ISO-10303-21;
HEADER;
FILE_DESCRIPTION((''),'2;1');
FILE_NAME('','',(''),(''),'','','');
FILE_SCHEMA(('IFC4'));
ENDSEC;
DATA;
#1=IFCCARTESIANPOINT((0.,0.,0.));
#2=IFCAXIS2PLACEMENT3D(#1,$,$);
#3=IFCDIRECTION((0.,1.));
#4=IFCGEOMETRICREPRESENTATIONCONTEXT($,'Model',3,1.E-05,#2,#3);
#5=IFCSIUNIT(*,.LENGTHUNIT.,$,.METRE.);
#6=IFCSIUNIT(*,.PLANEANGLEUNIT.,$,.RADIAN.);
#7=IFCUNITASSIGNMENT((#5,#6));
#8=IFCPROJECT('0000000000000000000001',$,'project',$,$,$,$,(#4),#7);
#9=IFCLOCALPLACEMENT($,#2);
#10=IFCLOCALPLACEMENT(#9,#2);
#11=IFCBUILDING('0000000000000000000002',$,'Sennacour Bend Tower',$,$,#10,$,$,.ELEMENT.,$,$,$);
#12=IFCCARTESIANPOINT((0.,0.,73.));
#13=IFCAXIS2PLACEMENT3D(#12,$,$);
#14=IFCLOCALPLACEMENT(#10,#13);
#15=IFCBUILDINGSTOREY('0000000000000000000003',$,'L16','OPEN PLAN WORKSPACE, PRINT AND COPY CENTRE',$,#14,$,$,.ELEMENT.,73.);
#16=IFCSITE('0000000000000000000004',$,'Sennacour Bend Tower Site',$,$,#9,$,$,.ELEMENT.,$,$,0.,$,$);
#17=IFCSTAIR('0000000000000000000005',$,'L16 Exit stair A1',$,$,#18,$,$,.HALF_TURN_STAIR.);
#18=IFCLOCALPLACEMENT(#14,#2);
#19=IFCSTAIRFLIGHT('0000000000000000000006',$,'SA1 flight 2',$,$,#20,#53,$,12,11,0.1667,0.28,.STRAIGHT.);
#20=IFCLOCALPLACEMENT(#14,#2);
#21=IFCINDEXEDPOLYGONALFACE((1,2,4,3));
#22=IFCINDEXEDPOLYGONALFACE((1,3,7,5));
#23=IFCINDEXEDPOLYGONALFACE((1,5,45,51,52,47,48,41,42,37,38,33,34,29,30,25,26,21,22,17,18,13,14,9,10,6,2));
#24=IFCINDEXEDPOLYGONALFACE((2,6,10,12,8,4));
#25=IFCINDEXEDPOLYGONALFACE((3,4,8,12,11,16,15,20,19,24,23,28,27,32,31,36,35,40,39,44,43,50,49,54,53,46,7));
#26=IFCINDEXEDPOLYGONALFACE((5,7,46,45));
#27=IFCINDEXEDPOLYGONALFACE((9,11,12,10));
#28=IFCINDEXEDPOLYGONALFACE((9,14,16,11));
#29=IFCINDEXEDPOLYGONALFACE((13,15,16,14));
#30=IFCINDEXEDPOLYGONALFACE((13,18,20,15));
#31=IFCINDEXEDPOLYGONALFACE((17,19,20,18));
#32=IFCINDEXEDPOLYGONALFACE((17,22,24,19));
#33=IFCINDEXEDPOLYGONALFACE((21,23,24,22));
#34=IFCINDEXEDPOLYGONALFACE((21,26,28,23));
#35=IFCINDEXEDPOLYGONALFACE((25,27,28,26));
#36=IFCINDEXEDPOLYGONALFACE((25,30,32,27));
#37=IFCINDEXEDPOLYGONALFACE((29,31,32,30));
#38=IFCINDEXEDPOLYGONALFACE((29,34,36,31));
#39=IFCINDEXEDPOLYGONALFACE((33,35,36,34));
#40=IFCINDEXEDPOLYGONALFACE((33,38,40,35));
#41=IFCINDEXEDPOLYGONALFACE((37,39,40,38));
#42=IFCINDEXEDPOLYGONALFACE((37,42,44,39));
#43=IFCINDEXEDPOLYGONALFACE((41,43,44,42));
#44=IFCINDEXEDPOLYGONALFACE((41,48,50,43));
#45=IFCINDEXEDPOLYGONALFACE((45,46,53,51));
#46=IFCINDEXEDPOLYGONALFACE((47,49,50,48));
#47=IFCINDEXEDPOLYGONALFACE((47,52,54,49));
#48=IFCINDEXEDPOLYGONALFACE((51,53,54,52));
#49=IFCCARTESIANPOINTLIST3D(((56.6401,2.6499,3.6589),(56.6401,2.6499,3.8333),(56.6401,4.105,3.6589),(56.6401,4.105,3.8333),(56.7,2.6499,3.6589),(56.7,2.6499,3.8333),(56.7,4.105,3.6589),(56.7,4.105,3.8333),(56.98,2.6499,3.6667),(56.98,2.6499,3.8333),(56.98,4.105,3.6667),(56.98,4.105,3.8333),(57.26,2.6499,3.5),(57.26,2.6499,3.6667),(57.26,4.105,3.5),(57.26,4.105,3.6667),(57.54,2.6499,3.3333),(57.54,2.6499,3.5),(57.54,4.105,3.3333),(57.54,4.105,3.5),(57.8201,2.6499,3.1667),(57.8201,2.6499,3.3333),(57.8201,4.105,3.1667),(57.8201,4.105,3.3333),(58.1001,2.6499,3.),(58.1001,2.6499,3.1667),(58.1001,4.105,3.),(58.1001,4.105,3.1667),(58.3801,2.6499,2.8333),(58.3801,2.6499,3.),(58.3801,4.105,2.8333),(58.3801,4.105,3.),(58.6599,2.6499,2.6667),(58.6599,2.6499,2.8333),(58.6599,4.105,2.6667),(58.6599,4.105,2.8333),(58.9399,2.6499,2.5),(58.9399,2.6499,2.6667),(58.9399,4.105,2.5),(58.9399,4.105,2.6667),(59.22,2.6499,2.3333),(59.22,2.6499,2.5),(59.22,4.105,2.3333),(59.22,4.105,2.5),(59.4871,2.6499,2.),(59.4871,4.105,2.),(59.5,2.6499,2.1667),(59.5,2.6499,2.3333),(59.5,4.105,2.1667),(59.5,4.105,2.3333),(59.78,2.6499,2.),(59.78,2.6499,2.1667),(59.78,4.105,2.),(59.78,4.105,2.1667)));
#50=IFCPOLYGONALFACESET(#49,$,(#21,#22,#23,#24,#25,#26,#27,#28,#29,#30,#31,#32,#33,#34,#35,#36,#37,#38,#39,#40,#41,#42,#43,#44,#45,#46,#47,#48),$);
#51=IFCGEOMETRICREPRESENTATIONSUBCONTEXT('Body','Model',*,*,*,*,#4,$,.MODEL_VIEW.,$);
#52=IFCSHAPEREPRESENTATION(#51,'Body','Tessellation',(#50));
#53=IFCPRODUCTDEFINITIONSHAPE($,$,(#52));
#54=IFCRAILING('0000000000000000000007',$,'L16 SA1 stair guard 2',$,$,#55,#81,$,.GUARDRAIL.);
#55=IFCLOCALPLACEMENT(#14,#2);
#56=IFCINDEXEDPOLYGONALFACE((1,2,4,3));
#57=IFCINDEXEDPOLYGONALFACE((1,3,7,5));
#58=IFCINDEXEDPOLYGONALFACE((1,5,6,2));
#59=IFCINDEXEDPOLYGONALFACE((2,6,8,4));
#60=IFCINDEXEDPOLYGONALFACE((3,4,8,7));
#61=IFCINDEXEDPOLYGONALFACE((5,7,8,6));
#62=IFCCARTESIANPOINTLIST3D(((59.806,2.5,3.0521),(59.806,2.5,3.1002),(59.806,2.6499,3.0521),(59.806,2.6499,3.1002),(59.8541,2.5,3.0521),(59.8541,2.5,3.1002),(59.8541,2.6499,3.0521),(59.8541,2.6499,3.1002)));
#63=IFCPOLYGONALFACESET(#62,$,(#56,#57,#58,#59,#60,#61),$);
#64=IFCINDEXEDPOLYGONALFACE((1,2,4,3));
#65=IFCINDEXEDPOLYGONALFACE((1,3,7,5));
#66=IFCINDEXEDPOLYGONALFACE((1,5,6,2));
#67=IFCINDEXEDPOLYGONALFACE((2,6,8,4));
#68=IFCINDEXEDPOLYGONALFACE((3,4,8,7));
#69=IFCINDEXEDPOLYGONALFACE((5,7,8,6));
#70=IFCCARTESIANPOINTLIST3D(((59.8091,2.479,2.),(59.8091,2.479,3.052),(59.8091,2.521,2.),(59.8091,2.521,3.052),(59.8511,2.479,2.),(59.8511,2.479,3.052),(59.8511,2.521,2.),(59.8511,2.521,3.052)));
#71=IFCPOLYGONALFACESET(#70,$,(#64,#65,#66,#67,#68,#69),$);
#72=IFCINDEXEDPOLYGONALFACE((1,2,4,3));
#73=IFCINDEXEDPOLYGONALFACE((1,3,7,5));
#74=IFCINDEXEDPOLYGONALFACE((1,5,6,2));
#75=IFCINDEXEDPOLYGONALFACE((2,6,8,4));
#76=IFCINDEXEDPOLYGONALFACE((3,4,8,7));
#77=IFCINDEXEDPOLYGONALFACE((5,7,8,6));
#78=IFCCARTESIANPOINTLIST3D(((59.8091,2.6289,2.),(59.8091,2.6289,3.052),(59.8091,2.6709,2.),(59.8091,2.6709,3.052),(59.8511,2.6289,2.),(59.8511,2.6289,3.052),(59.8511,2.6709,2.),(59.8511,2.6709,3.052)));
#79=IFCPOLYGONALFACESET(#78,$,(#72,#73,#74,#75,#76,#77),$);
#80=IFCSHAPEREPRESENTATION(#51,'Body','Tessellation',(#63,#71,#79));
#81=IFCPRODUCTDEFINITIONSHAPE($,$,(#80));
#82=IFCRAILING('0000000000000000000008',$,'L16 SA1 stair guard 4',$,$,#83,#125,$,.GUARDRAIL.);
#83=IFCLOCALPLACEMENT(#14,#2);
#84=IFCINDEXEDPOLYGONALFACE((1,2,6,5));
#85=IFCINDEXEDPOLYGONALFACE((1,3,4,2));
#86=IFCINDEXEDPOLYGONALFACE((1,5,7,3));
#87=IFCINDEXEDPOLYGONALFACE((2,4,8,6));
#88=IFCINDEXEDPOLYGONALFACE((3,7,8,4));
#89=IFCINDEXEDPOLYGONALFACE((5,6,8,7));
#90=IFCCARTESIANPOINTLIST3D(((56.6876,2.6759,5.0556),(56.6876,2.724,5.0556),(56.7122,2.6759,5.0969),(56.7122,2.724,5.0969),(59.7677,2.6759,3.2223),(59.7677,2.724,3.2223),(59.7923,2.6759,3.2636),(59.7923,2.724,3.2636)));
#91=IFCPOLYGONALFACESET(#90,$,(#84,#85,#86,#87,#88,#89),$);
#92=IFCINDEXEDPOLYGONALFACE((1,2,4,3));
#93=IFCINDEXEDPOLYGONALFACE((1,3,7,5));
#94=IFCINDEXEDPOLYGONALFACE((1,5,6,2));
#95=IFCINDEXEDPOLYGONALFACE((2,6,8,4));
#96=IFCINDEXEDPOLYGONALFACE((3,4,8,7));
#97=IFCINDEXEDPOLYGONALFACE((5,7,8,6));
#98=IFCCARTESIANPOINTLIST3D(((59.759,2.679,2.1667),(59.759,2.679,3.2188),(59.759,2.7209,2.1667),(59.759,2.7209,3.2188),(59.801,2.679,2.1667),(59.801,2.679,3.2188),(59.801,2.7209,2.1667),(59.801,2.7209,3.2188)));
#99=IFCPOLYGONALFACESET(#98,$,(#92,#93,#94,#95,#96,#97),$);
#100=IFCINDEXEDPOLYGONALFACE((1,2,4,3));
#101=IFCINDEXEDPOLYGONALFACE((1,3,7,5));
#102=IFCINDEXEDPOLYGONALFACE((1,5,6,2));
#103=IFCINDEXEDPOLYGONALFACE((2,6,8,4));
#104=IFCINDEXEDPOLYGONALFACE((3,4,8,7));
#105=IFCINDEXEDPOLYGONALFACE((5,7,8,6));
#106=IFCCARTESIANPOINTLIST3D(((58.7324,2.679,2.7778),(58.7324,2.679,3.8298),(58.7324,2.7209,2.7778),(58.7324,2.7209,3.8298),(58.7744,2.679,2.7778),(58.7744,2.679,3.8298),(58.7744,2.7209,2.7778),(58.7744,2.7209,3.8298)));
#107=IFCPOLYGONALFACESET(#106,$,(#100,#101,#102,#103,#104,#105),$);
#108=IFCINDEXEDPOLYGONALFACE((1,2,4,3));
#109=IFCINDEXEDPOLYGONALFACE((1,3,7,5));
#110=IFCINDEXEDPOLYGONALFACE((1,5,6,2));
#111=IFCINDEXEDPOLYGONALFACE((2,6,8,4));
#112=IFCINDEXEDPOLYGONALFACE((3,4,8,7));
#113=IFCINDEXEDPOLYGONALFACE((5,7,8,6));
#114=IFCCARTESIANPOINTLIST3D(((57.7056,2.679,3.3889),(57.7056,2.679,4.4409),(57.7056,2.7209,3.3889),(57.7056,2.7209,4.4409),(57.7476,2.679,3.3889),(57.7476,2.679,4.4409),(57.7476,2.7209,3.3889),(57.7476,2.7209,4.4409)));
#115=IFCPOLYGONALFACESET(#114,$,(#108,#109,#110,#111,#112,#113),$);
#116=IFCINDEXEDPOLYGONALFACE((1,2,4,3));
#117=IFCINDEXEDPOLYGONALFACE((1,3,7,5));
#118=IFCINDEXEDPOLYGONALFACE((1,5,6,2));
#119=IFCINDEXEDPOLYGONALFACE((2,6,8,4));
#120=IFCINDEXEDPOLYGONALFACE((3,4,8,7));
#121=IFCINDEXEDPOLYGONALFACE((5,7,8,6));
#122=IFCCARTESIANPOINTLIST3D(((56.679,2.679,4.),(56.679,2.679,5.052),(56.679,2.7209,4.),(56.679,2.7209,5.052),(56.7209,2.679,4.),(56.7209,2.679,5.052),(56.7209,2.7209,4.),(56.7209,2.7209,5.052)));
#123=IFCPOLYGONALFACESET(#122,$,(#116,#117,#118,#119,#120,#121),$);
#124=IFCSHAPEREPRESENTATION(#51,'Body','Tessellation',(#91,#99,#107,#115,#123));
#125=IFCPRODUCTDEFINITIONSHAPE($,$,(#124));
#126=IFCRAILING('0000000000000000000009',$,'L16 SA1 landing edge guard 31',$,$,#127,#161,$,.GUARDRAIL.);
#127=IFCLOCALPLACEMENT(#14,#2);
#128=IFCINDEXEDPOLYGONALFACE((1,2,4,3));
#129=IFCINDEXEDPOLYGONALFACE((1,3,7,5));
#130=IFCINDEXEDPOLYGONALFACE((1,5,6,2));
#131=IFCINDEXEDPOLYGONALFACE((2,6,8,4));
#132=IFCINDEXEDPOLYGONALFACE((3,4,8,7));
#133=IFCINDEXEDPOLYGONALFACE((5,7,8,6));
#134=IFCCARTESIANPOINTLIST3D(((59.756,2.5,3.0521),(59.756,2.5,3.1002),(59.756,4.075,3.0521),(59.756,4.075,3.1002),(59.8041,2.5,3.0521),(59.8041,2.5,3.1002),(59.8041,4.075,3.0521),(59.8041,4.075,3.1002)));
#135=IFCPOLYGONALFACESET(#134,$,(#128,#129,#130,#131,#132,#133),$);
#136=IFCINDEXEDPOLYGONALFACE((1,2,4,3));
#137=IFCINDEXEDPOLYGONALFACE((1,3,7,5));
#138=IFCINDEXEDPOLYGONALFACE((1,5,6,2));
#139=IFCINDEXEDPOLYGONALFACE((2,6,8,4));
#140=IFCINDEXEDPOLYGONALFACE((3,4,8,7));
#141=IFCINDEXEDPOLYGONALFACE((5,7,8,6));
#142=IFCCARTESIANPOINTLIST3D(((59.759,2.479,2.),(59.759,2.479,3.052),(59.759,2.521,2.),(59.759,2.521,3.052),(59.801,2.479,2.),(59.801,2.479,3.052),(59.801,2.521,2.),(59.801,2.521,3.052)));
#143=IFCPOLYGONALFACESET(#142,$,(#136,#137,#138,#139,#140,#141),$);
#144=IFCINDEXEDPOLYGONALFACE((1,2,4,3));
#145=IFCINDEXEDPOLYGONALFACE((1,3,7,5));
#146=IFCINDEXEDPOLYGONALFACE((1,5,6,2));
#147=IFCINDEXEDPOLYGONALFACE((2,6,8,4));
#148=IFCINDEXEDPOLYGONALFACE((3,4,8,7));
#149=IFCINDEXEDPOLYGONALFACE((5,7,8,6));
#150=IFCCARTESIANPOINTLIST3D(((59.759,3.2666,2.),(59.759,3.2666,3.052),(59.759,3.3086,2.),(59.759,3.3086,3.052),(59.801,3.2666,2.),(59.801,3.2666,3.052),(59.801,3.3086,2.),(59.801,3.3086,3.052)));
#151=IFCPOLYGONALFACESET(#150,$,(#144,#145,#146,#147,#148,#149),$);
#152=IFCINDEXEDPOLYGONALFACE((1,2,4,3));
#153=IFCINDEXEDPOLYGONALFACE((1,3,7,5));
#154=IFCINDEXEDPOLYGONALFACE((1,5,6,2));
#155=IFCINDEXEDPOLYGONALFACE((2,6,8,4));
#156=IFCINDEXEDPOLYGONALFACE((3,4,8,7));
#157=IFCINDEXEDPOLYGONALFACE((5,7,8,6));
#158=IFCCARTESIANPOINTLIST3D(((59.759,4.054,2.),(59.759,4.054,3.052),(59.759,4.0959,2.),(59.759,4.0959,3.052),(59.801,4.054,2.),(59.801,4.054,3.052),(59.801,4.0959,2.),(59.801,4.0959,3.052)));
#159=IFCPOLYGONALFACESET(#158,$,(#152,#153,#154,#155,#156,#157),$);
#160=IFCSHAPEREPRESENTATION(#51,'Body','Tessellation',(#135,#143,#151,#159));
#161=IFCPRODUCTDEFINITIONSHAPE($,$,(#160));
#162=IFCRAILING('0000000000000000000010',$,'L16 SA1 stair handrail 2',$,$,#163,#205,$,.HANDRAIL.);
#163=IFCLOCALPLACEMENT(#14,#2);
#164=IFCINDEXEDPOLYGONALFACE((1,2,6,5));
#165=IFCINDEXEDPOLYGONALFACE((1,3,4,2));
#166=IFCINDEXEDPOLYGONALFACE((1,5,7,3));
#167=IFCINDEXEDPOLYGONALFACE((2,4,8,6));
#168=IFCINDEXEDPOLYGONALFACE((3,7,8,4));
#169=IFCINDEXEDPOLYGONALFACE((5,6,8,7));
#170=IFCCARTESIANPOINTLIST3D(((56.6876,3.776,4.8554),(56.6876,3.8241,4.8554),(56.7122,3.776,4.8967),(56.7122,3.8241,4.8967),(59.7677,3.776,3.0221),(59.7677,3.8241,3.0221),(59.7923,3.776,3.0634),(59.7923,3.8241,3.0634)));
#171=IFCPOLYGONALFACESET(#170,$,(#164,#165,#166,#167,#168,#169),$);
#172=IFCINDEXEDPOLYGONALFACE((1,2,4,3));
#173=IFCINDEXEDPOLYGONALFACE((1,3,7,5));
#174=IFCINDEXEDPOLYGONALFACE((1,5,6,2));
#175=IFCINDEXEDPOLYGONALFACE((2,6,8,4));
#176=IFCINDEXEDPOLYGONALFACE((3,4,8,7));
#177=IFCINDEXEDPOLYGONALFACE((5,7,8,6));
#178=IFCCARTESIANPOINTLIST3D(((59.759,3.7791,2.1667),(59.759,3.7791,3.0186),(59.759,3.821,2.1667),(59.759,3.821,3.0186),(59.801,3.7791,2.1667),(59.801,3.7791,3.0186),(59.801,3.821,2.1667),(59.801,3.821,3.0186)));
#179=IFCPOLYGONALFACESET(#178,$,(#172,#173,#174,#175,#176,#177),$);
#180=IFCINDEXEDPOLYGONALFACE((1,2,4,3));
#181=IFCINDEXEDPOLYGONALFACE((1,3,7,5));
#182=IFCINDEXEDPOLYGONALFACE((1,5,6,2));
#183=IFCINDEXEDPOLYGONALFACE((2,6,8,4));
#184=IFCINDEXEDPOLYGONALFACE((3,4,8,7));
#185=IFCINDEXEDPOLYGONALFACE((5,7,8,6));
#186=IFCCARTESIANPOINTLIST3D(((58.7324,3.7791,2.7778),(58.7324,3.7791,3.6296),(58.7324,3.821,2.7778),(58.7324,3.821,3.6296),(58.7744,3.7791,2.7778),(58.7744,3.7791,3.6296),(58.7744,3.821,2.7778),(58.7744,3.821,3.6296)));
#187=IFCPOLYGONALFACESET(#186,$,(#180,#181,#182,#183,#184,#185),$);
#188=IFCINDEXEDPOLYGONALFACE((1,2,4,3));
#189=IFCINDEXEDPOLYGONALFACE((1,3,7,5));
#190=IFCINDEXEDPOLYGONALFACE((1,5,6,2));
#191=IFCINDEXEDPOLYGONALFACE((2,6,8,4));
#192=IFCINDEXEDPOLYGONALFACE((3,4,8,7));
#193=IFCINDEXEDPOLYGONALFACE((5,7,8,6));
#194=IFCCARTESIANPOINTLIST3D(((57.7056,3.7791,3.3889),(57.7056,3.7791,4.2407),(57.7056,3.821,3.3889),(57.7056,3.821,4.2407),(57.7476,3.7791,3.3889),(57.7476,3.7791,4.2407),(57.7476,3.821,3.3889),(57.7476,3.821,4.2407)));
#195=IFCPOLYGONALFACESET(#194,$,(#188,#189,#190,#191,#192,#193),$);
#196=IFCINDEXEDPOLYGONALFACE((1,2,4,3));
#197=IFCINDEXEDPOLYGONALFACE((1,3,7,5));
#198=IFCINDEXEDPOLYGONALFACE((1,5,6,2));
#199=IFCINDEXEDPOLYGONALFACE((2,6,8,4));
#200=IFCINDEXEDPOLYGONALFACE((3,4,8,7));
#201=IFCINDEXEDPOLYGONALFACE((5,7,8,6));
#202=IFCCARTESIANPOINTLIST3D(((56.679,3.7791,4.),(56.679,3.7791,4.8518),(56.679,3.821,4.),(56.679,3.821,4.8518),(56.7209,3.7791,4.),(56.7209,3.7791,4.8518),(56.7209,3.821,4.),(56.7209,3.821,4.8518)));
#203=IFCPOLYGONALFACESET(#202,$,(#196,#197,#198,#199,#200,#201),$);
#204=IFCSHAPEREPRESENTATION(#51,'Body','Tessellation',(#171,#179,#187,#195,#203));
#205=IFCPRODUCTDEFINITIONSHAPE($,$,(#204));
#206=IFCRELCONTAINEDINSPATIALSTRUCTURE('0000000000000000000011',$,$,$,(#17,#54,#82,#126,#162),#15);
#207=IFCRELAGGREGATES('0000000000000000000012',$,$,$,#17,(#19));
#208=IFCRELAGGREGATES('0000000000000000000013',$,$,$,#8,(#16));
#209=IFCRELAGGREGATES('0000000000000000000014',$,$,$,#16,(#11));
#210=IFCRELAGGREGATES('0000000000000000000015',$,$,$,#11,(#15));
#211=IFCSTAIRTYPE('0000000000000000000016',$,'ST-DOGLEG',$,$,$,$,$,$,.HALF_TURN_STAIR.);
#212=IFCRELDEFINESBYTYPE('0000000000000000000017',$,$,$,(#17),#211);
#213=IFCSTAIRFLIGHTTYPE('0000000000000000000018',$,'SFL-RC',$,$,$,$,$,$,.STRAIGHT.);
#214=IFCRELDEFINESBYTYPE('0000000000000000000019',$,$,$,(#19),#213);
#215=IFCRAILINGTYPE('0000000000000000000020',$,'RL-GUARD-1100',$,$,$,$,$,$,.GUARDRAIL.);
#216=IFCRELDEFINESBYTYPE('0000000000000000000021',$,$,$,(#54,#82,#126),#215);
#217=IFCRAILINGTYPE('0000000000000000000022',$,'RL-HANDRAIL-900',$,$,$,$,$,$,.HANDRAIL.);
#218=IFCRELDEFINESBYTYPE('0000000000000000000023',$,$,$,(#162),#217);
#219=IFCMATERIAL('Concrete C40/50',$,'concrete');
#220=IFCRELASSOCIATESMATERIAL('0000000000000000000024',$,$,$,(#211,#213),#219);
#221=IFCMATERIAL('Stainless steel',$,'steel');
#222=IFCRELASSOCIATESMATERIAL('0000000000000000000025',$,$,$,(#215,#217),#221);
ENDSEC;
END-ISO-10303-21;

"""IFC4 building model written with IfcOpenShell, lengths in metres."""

from ifc_helpers import new_model, si_unit, direction, frame, origin, origin_2d, place, context, subcontext, project, spatial, polyline, rectangle, outline, extrude, material, type_object, element, aggregate, save


model = new_model("IFC4")

# Units and contexts
model_context = context("Model", 3, precision=1e-05, world=origin(), true_north=direction((0.0, 1.0)))
body_context = subcontext(model_context, "Body", "Model", "MODEL_VIEW")
ifc_project = project(units=[si_unit("LENGTHUNIT", "METRE"), si_unit("PLANEANGLEUNIT", "RADIAN")], contexts=[model_context])

# Site, building, storey
site_placement = place(None, origin())
site = spatial("IfcSite", under=ifc_project, at=site_placement, Name="Sennacour Bend Tower Site", CompositionType="ELEMENT", RefElevation=0.0)
building_placement = place(site_placement, origin())
building = spatial("IfcBuilding", under=site, at=building_placement, Name="Sennacour Bend Tower", CompositionType="ELEMENT")
storey_placement = place(building_placement, frame((0.0, 0.0, 73.0)))
storey = spatial("IfcBuildingStorey", under=building, at=storey_placement, Name="L16", Description="OPEN PLAN WORKSPACE, PRINT AND COPY CENTRE", CompositionType="ELEMENT", Elevation=73.0)

# Shared definitions
ifc_material_1 = material(Name="Stainless steel", Category="steel")

# Stair, stair flight
ifc_material_2 = material(Name="Concrete C40/50", Category="concrete")
stair_type = type_object("IfcStairType", Name="ST-DOGLEG", PredefinedType="HALF_TURN_STAIR", material=ifc_material_2)
stair_placement = place(storey_placement, origin())
stair = element("IfcStair", 1, at=stair_placement, inside=storey, type_object=stair_type, Name="L16 Exit stair A1", PredefinedType="HALF_TURN_STAIR")
stair_flight_type = type_object("IfcStairFlightType", Name="SFL-RC", PredefinedType="STRAIGHT", material=ifc_material_2)
stair_flight_placement = place(storey_placement, frame((59.78, 3.3774, 2.0), z_axis=(0.0, 0.0, 1.0), x_axis=(-1.0, 0.0, 0.0)))
stair_flight = element("IfcStairFlight", 2, at=stair_flight_placement, type_object=stair_flight_type, Name="SA1 flight 2", NumberOfRisers=12, NumberOfTreads=11, PredefinedType="STRAIGHT", RiserHeight=0.1667, TreadLength=0.28, context=body_context, shape_type="SweptSolid", body=[
    extrude(outline(polyline([(0.0, 0.0), (0.0, 0.1667), (0.28, 0.1667), (0.28, 0.3333), (0.5601, 0.3333), (0.5601, 0.5), (0.8401, 0.5), (0.8401, 0.6667), (1.1201, 0.6667), (1.1201, 0.8333), (1.3999, 0.8333), (1.3999, 1.0), (1.6799, 1.0), (1.6799, 1.1667), (1.96, 1.1667), (1.96, 1.3333), (2.24, 1.3333), (2.24, 1.5), (2.52, 1.5), (2.52, 1.6667), (2.8, 1.6667), (2.8, 1.8333), (3.0801, 1.8333), (3.1399, 1.8333), (3.1399, 1.6589), (3.0801, 1.6589), (0.293, 0.0), (0.0, 0.0)])), frame((0.0, 0.7275, 0.0), z_axis=(0.0, -1.0, 0.0), x_axis=(1.0, 0.0, 0.0)), (0.0, 0.0, 1.0), 1.4551),
])
aggregate(stair, [stair_flight])

# Railings
railing_type_1 = type_object("IfcRailingType", Name="RL-GUARD-1100", PredefinedType="GUARDRAIL", material=ifc_material_1)
railing_1_placement = place(storey_placement, frame((59.8301, 2.5, 2.0)))
element("IfcRailing", 3, at=railing_1_placement, inside=storey, type_object=railing_type_1, Name="L16 SA1 stair guard 2", PredefinedType="GUARDRAIL", context=body_context, shape_type="SweptSolid", body=[
    extrude(rectangle(XDim=0.0481, YDim=0.0481, at=origin_2d()), frame((0.0, 0.0, 1.0762), z_axis=(0.0, 1.0, 0.0), x_axis=(-1.0, 0.0, 0.0)), (0.0, 0.0, 1.0), 0.1499),
    extrude(rectangle(XDim=0.042, YDim=0.042, at=origin_2d()), origin(), (0.0, 0.0, 1.0), 1.052),
    extrude(rectangle(XDim=0.042, YDim=0.042, at=origin_2d()), frame((0.0, 0.1499, 0.0)), (0.0, 0.0, 1.0), 1.052),
])
railing_2_placement = place(storey_placement, frame((59.78, 2.7, 2.1667)))
element("IfcRailing", 4, at=railing_2_placement, inside=storey, type_object=railing_type_1, Name="L16 SA1 stair guard 4", PredefinedType="GUARDRAIL", context=body_context, shape_type="SweptSolid", body=[
    extrude(rectangle(XDim=0.0481, YDim=0.0481, at=origin_2d()), frame((0.0, 0.0, 1.0762), z_axis=(-0.859309, 0.0, 0.511458), x_axis=(0.0, -1.0, 0.0)), (0.0, 0.0, 1.0), 3.5845),
    extrude(rectangle(XDim=0.042, YDim=0.042, at=origin_2d()), origin(), (0.0, 0.0, 1.0), 1.052),
    extrude(rectangle(XDim=0.042, YDim=0.042, at=origin_2d()), frame((-1.0266, 0.0, 0.6111)), (0.0, 0.0, 1.0), 1.052),
    extrude(rectangle(XDim=0.042, YDim=0.042, at=origin_2d()), frame((-2.0535, 0.0, 1.2222)), (0.0, 0.0, 1.0), 1.052),
    extrude(rectangle(XDim=0.042, YDim=0.042, at=origin_2d()), frame((-3.0801, 0.0, 1.8333)), (0.0, 0.0, 1.0), 1.052),
])
railing_3_placement = place(storey_placement, frame((59.78, 2.5, 2.0)))
element("IfcRailing", 5, at=railing_3_placement, inside=storey, type_object=railing_type_1, Name="L16 SA1 landing edge guard 31", PredefinedType="GUARDRAIL", context=body_context, shape_type="SweptSolid", body=[
    extrude(rectangle(XDim=0.0481, YDim=0.0481, at=origin_2d()), frame((0.0, 0.0, 1.0762), z_axis=(0.0, 1.0, 0.0), x_axis=(-1.0, 0.0, 0.0)), (0.0, 0.0, 1.0), 1.575),
    extrude(rectangle(XDim=0.042, YDim=0.042, at=origin_2d()), origin(), (0.0, 0.0, 1.0), 1.052),
    extrude(rectangle(XDim=0.042, YDim=0.042, at=origin_2d()), frame((0.0, 0.7876, 0.0)), (0.0, 0.0, 1.0), 1.052),
    extrude(rectangle(XDim=0.042, YDim=0.042, at=origin_2d()), frame((0.0, 1.575, 0.0)), (0.0, 0.0, 1.0), 1.052),
])
railing_type_2 = type_object("IfcRailingType", Name="RL-HANDRAIL-900", PredefinedType="HANDRAIL", material=ifc_material_1)
railing_4_placement = place(storey_placement, frame((59.78, 3.8, 2.1667)))
element("IfcRailing", 6, at=railing_4_placement, inside=storey, type_object=railing_type_2, Name="L16 SA1 stair handrail 2", PredefinedType="HANDRAIL", context=body_context, shape_type="SweptSolid", body=[
    extrude(rectangle(XDim=0.0481, YDim=0.0481, at=origin_2d()), frame((0.0, 0.0, 0.876), z_axis=(-0.859309, 0.0, 0.511458), x_axis=(0.0, -1.0, 0.0)), (0.0, 0.0, 1.0), 3.5845),
    extrude(rectangle(XDim=0.042, YDim=0.042, at=origin_2d()), origin(), (0.0, 0.0, 1.0), 0.8518),
    extrude(rectangle(XDim=0.042, YDim=0.042, at=origin_2d()), frame((-1.0266, 0.0, 0.6111)), (0.0, 0.0, 1.0), 0.8518),
    extrude(rectangle(XDim=0.042, YDim=0.042, at=origin_2d()), frame((-2.0535, 0.0, 1.2222)), (0.0, 0.0, 1.0), 0.8518),
    extrude(rectangle(XDim=0.042, YDim=0.042, at=origin_2d()), frame((-3.0801, 0.0, 1.8333)), (0.0, 0.0, 1.0), 0.8518),
])

save(model, "model.ifc")
